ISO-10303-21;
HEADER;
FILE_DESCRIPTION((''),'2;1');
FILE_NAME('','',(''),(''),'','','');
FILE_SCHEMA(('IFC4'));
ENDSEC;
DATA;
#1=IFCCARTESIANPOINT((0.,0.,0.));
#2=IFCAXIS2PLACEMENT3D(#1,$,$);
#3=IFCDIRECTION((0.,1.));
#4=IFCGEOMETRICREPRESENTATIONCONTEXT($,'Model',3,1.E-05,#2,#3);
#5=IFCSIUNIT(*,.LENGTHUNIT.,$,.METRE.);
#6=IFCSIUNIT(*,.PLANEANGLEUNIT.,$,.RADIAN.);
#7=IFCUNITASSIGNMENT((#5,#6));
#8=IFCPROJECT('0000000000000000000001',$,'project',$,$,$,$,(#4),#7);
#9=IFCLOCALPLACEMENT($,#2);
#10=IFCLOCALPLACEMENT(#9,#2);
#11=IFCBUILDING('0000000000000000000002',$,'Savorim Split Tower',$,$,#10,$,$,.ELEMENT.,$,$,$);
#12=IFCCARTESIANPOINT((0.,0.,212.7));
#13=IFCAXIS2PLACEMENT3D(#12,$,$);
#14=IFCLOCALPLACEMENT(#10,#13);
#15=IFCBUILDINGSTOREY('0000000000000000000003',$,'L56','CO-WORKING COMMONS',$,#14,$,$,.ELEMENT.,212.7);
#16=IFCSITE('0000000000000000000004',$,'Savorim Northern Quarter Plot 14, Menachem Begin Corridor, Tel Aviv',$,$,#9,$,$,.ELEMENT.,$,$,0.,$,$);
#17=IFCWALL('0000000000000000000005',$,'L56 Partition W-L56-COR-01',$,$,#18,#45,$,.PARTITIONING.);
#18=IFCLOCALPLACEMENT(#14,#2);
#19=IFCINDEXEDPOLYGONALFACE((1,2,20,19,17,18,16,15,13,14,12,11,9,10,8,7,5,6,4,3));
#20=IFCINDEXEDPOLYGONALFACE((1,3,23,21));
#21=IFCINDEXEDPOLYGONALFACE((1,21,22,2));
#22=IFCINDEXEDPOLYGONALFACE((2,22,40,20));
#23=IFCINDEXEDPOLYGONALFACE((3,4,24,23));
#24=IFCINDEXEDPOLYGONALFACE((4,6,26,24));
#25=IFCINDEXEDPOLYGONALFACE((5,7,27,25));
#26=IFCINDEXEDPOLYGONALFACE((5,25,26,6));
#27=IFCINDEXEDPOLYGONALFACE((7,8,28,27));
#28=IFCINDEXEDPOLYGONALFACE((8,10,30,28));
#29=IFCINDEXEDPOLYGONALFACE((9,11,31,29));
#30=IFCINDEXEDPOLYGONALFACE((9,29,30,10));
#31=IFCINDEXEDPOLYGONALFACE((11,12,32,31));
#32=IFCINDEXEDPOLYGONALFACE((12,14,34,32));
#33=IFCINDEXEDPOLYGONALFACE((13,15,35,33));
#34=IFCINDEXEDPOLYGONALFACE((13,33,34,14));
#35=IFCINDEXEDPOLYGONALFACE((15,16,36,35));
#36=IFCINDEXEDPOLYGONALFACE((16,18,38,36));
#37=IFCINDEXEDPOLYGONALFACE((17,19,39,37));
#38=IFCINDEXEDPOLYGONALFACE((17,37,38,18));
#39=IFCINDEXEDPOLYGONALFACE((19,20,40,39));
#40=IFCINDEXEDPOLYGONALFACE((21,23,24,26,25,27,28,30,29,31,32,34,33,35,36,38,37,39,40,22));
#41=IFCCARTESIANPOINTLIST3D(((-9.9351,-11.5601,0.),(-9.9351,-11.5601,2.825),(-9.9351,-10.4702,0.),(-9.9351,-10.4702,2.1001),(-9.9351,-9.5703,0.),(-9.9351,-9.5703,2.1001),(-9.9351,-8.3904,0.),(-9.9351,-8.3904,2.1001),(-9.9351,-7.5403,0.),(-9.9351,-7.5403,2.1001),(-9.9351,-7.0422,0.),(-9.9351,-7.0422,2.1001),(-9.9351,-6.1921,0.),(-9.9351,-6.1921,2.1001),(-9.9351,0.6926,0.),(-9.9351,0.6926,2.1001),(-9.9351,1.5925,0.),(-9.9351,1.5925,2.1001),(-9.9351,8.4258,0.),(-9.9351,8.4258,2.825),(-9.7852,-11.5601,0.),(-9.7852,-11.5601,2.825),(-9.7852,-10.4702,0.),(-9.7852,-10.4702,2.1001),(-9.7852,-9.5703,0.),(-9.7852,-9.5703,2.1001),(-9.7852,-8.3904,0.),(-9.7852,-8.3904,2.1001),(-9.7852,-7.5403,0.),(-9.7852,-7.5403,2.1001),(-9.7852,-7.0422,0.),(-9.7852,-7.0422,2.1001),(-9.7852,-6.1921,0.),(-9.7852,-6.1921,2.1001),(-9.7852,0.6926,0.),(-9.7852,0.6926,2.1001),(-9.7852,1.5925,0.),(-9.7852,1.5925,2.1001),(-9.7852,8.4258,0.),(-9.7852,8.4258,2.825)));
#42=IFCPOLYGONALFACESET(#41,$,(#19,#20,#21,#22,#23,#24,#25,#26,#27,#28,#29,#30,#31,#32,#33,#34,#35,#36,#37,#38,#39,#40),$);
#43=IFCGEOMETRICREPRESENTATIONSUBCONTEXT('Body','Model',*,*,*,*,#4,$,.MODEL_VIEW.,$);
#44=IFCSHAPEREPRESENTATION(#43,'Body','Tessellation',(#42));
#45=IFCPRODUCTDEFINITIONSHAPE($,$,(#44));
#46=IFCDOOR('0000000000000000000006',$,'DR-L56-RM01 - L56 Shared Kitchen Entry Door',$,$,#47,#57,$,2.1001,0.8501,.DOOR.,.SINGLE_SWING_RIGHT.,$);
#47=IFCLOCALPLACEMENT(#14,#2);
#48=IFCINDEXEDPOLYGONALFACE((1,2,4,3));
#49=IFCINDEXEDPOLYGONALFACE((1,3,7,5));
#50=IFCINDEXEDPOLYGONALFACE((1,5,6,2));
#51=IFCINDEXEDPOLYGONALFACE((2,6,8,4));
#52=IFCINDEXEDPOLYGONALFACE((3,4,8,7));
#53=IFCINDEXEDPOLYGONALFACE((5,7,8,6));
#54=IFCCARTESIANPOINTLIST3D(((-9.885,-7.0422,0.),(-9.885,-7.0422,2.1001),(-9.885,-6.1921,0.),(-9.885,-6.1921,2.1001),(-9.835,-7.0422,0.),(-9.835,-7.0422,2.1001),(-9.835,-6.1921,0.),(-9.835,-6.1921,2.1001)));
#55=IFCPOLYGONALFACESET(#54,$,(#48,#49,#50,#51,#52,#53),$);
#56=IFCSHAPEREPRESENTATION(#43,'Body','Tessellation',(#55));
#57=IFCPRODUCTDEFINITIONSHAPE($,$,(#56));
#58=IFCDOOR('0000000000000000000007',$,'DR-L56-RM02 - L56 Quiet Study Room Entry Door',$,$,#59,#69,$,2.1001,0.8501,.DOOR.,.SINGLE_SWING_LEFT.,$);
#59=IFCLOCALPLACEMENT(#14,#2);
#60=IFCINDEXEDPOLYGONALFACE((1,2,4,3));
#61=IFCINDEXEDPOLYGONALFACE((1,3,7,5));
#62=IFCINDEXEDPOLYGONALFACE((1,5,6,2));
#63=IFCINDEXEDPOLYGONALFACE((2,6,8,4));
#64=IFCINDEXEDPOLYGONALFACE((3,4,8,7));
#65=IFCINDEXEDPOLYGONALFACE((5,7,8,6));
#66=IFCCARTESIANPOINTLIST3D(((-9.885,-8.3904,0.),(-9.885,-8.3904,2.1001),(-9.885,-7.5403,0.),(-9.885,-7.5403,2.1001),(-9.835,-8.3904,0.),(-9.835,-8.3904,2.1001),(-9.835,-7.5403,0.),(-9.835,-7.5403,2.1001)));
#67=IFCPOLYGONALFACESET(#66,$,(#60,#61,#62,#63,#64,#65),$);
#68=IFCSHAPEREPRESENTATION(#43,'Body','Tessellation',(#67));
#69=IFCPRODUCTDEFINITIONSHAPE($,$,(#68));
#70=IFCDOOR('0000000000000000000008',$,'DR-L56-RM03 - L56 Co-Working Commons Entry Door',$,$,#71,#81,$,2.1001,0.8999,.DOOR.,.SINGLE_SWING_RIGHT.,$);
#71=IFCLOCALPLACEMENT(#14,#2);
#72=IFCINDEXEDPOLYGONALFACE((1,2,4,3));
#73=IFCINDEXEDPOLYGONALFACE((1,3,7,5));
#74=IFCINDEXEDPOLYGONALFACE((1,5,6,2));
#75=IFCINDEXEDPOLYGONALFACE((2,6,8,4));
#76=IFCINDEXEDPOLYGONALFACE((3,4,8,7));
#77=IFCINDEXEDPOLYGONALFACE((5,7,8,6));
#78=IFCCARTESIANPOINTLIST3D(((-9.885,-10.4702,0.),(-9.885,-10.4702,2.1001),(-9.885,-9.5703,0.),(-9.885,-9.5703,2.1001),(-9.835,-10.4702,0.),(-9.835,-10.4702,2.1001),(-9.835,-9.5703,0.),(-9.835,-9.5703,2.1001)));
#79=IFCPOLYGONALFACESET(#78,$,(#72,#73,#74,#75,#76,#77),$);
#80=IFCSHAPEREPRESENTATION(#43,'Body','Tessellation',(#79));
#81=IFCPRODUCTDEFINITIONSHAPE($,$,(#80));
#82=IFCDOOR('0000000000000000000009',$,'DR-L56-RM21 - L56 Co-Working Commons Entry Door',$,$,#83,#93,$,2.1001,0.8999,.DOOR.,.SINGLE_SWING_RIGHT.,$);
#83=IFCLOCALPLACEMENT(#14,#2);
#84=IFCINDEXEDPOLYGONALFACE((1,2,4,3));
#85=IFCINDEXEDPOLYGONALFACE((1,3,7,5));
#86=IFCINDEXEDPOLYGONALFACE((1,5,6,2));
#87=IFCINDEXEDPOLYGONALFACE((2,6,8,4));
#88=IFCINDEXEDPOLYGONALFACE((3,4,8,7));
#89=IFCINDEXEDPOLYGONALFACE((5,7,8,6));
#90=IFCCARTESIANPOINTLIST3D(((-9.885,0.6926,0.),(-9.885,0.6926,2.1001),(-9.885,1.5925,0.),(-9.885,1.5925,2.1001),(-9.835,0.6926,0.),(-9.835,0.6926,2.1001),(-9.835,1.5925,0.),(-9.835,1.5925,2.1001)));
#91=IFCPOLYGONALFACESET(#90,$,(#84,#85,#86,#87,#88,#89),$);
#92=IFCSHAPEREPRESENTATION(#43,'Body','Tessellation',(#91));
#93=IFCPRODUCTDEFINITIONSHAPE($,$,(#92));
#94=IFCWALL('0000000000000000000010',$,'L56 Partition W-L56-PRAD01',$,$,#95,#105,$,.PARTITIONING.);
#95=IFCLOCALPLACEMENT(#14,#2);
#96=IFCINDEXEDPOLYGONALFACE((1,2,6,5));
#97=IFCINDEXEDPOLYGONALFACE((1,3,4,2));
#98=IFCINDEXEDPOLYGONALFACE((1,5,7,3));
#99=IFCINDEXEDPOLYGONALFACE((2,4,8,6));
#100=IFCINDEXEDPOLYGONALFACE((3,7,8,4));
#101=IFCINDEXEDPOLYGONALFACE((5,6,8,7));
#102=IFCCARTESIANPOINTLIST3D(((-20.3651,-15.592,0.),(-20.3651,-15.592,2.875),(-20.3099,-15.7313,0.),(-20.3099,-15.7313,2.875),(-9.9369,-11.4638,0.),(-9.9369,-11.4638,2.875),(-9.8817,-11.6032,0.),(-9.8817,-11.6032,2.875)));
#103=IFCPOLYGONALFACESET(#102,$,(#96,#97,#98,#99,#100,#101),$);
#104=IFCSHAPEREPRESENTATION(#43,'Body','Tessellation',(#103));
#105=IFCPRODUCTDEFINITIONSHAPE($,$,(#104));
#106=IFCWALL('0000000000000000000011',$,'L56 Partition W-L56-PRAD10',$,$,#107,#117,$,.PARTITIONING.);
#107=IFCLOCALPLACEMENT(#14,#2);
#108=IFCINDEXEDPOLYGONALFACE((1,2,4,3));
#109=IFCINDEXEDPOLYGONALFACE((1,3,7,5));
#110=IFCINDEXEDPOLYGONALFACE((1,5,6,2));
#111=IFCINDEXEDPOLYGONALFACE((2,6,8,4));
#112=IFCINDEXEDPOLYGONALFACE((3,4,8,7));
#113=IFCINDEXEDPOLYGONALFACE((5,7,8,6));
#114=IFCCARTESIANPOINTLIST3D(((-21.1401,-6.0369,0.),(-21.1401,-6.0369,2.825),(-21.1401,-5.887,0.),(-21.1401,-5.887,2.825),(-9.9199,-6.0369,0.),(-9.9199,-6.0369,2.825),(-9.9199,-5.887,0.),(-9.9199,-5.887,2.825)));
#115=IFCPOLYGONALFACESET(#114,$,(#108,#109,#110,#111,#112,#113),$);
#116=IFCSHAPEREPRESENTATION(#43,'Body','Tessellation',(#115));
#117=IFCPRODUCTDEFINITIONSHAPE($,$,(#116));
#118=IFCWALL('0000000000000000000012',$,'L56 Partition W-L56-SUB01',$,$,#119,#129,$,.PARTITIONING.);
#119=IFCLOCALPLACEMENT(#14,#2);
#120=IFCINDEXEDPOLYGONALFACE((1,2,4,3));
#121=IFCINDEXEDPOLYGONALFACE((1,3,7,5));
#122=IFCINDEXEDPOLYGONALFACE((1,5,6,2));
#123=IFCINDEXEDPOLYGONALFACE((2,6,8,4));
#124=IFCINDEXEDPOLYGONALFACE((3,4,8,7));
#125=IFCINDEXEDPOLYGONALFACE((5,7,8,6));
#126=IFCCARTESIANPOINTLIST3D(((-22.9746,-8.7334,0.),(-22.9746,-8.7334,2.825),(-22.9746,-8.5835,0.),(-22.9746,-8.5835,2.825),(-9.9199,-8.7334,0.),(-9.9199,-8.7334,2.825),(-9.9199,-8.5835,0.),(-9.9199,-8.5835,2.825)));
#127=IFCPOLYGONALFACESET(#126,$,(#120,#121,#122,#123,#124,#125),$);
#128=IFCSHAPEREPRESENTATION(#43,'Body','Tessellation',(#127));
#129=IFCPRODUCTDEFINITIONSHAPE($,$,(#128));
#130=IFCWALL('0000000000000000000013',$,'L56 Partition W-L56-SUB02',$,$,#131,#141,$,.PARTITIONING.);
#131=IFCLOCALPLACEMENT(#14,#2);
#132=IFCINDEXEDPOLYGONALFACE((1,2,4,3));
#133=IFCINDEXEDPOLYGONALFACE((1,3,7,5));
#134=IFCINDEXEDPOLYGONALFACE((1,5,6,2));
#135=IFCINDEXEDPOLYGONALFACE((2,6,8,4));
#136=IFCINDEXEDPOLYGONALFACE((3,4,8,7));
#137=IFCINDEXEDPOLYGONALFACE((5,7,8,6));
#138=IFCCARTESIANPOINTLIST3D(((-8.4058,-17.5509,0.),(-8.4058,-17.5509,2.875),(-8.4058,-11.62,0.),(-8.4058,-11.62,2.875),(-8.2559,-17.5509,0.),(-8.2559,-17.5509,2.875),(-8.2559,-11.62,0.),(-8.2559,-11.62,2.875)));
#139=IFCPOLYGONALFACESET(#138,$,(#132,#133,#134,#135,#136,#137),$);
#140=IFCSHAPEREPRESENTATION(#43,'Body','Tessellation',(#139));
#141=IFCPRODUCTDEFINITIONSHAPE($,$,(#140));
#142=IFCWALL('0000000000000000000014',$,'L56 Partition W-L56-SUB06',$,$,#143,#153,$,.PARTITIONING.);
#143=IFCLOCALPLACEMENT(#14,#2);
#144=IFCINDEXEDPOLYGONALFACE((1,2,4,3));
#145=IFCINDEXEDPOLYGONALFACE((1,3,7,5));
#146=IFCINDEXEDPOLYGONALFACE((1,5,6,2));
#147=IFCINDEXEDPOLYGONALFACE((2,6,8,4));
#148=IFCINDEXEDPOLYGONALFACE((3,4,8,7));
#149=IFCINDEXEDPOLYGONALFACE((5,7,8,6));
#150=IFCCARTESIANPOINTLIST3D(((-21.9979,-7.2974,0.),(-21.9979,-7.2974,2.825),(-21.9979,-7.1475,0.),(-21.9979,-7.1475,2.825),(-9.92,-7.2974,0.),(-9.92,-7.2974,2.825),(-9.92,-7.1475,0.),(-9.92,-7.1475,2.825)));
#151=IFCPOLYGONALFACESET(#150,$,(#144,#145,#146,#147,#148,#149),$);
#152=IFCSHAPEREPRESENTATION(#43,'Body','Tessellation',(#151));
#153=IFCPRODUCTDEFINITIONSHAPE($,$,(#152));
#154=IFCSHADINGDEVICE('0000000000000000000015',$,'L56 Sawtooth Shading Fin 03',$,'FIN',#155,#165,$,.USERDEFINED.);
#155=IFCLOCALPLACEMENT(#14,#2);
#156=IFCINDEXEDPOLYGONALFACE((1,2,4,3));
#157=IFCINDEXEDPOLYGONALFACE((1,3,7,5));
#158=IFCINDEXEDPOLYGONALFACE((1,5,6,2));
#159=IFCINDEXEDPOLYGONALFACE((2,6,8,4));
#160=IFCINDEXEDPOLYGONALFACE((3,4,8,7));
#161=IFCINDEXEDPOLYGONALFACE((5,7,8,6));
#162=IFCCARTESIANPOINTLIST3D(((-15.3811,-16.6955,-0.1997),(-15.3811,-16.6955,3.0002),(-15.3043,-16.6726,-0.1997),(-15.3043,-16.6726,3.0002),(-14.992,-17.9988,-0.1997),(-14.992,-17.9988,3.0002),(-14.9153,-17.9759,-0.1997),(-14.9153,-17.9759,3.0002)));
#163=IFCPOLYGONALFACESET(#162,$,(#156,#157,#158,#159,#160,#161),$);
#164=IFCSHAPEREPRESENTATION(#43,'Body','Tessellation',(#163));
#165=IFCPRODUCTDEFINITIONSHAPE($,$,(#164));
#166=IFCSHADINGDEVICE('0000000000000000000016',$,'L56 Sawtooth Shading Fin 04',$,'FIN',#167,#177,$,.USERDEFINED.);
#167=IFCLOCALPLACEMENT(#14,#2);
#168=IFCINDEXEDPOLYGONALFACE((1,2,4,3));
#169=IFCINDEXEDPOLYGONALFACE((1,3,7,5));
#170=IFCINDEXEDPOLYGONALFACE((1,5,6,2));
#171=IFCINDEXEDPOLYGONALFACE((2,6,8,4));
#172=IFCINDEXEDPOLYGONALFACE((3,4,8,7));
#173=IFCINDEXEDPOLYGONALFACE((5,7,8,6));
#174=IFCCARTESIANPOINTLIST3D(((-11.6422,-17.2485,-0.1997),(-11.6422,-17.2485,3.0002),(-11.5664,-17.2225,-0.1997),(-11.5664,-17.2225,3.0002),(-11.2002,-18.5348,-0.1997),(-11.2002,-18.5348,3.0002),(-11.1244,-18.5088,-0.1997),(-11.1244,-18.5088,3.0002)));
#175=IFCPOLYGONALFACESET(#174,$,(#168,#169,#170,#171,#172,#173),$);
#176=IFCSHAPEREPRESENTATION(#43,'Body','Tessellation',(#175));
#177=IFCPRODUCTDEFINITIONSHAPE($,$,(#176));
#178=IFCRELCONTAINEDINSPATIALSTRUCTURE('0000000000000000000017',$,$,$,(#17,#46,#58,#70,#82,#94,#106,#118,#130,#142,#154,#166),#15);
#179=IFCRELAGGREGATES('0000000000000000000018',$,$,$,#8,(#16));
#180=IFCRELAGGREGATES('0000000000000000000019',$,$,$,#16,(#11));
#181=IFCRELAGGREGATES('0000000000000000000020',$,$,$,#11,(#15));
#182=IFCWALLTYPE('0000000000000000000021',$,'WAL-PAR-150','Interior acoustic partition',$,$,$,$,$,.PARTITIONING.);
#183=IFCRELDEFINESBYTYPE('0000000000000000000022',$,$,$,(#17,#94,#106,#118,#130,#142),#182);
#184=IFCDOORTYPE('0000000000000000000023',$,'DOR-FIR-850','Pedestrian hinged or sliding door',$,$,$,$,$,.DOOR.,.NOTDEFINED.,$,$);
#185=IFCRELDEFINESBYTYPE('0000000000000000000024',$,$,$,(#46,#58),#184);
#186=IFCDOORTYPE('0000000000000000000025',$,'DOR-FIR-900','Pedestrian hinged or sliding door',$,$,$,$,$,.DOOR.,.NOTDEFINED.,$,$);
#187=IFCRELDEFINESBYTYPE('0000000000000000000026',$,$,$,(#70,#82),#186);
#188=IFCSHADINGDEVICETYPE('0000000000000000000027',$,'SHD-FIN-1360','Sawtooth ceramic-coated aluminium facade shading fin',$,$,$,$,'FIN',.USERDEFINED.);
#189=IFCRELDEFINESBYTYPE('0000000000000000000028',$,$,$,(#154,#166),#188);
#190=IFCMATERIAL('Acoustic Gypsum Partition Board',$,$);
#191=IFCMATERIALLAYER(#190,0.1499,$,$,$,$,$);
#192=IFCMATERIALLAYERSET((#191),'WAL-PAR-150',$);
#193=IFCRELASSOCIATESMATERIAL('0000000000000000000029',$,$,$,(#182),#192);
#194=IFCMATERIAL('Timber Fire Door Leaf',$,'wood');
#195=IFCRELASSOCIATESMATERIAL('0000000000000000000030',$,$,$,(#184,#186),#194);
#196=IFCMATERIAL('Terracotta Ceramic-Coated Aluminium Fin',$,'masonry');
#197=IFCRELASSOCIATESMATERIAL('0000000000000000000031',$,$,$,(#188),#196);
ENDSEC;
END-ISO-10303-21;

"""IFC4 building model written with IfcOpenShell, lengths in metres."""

from ifc_helpers import new_model, si_unit, direction, frame, frame_2d, origin, origin_2d, place, context, subcontext, project, spatial, rectangle, extrude, material, layer, layer_set, type_object, element, fill, save


model = new_model("IFC4")

# Units and contexts
model_context = context("Model", 3, precision=1e-05, world=origin(), true_north=direction((0.0, 1.0)))
body_context = subcontext(model_context, "Body", "Model", "MODEL_VIEW")
ifc_project = project(units=[si_unit("LENGTHUNIT", "METRE"), si_unit("PLANEANGLEUNIT", "RADIAN")], contexts=[model_context])

# Site, building, storey
site_placement = place(None, origin())
site = spatial("IfcSite", under=ifc_project, at=site_placement, Name="Savorim Northern Quarter Plot 14, Menachem Begin Corridor, Tel Aviv", CompositionType="ELEMENT", RefElevation=0.0)
building_placement = place(site_placement, origin())
building = spatial("IfcBuilding", under=site, at=building_placement, Name="Savorim Split Tower", CompositionType="ELEMENT")
storey_placement = place(building_placement, frame((0.0, 0.0, 212.7)))
storey = spatial("IfcBuildingStorey", under=building, at=storey_placement, Name="L56", Description="CO-WORKING COMMONS", CompositionType="ELEMENT", Elevation=212.7)

# Wall, openings, doors
ifc_material_1 = material(Name="Acoustic Gypsum Partition Board")
ifc_layer_1 = layer(ifc_material_1, 0.1499)
ifc_layer_set_1 = layer_set([ifc_layer_1], Name="WAL-PAR-150")
wall_type = type_object("IfcWallType", Name="WAL-PAR-150", Description="Interior acoustic partition", PredefinedType="PARTITIONING", material=ifc_layer_set_1)
wall_1_placement = place(storey_placement, frame((-9.8601, -11.5601, 0.0), z_axis=(0.0, 0.0, 1.0), x_axis=(0.0, 1.0, 0.0)))
wall_1 = element("IfcWall", 1, at=wall_1_placement, inside=storey, type_object=wall_type, Name="L56 Partition W-L56-COR-01", PredefinedType="PARTITIONING", context=body_context, shape_type="SweptSolid", body=[
    extrude(rectangle(XDim=19.9858, YDim=0.1499, at=frame_2d((9.9929, 0.0))), origin(), (0.0, 0.0, 1.0), 2.825),
])
opening_1_placement = place(wall_1_placement, frame((4.5178, 0.0, 0.0)))
opening_1 = element("IfcOpeningElement", 2, at=opening_1_placement, cuts=wall_1, PredefinedType="OPENING", context=body_context, shape_type="SweptSolid", body=[
    extrude(rectangle(XDim=0.8501, YDim=2.1001, at=frame_2d((0.425, 1.05))), frame((0.0, 0.085, 0.0), z_axis=(0.0, -1.0, 0.0), x_axis=(1.0, 0.0, 0.0)), (0.0, 0.0, 1.0), 0.1699),
])
opening_2_placement = place(wall_1_placement, frame((3.1697, 0.0, 0.0)))
opening_2 = element("IfcOpeningElement", 3, at=opening_2_placement, cuts=wall_1, PredefinedType="OPENING", context=body_context, shape_type="SweptSolid", body=[
    extrude(rectangle(XDim=0.8501, YDim=2.1001, at=frame_2d((0.425, 1.05))), frame((0.0, 0.085, 0.0), z_axis=(0.0, -1.0, 0.0), x_axis=(1.0, 0.0, 0.0)), (0.0, 0.0, 1.0), 0.1699),
])
opening_3_placement = place(wall_1_placement, frame((1.0898, 0.0, 0.0)))
opening_3 = element("IfcOpeningElement", 4, at=opening_3_placement, cuts=wall_1, PredefinedType="OPENING", context=body_context, shape_type="SweptSolid", body=[
    extrude(rectangle(XDim=0.8999, YDim=2.1001, at=frame_2d((0.45, 1.05))), frame((0.0, 0.085, 0.0), z_axis=(0.0, -1.0, 0.0), x_axis=(1.0, 0.0, 0.0)), (0.0, 0.0, 1.0), 0.1699),
])
opening_4_placement = place(wall_1_placement, frame((12.2527, 0.0, 0.0)))
opening_4 = element("IfcOpeningElement", 5, at=opening_4_placement, cuts=wall_1, PredefinedType="OPENING", context=body_context, shape_type="SweptSolid", body=[
    extrude(rectangle(XDim=0.8999, YDim=2.1001, at=frame_2d((0.45, 1.05))), frame((0.0, 0.085, 0.0), z_axis=(0.0, -1.0, 0.0), x_axis=(1.0, 0.0, 0.0)), (0.0, 0.0, 1.0), 0.1699),
])
ifc_material_2 = material(Name="Timber Fire Door Leaf", Category="wood")
door_type_1 = type_object("IfcDoorType", Name="DOR-FIR-850", Description="Pedestrian hinged or sliding door", OperationType="NOTDEFINED", PredefinedType="DOOR", material=ifc_material_2)
door_1_placement = place(opening_1_placement, origin())
door_1 = element("IfcDoor", 6, at=door_1_placement, inside=storey, type_object=door_type_1, Name="DR-L56-RM01 - L56 Shared Kitchen Entry Door", OperationType="SINGLE_SWING_RIGHT", OverallHeight=2.1001, OverallWidth=0.8501, PredefinedType="DOOR", context=body_context, shape_type="SweptSolid", body=[
    extrude(rectangle(XDim=0.8501, YDim=2.1001, at=frame_2d((0.425, 1.05))), frame((0.0, 0.0249, 0.0), z_axis=(0.0, -1.0, 0.0), x_axis=(1.0, 0.0, 0.0)), (0.0, 0.0, 1.0), 0.05),
])
fill(opening_1, door_1)
door_2_placement = place(opening_2_placement, origin())
door_2 = element("IfcDoor", 7, at=door_2_placement, inside=storey, type_object=door_type_1, Name="DR-L56-RM02 - L56 Quiet Study Room Entry Door", OperationType="SINGLE_SWING_LEFT", OverallHeight=2.1001, OverallWidth=0.8501, PredefinedType="DOOR", context=body_context, shape_type="SweptSolid", body=[
    extrude(rectangle(XDim=0.8501, YDim=2.1001, at=frame_2d((0.425, 1.05))), frame((0.0, 0.0249, 0.0), z_axis=(0.0, -1.0, 0.0), x_axis=(1.0, 0.0, 0.0)), (0.0, 0.0, 1.0), 0.05),
])
fill(opening_2, door_2)
door_type_2 = type_object("IfcDoorType", Name="DOR-FIR-900", Description="Pedestrian hinged or sliding door", OperationType="NOTDEFINED", PredefinedType="DOOR", material=ifc_material_2)
door_3_placement = place(opening_3_placement, origin())
door_3 = element("IfcDoor", 8, at=door_3_placement, inside=storey, type_object=door_type_2, Name="DR-L56-RM03 - L56 Co-Working Commons Entry Door", OperationType="SINGLE_SWING_RIGHT", OverallHeight=2.1001, OverallWidth=0.8999, PredefinedType="DOOR", context=body_context, shape_type="SweptSolid", body=[
    extrude(rectangle(XDim=0.8999, YDim=2.1001, at=frame_2d((0.45, 1.05))), frame((0.0, 0.0249, 0.0), z_axis=(0.0, -1.0, 0.0), x_axis=(1.0, 0.0, 0.0)), (0.0, 0.0, 1.0), 0.05),
])
fill(opening_3, door_3)
door_4_placement = place(opening_4_placement, origin())
door_4 = element("IfcDoor", 9, at=door_4_placement, inside=storey, type_object=door_type_2, Name="DR-L56-RM21 - L56 Co-Working Commons Entry Door", OperationType="SINGLE_SWING_RIGHT", OverallHeight=2.1001, OverallWidth=0.8999, PredefinedType="DOOR", context=body_context, shape_type="SweptSolid", body=[
    extrude(rectangle(XDim=0.8999, YDim=2.1001, at=frame_2d((0.45, 1.05))), frame((0.0, 0.0249, 0.0), z_axis=(0.0, -1.0, 0.0), x_axis=(1.0, 0.0, 0.0)), (0.0, 0.0, 1.0), 0.05),
])
fill(opening_4, door_4)

# Walls
wall_2_placement = place(storey_placement, frame((-9.9092, -11.5334, 0.0), z_axis=(0.0, 0.0, 1.0), x_axis=(-0.929796, -0.368074, 0.0)))
element("IfcWall", 10, at=wall_2_placement, inside=storey, type_object=wall_type, Name="L56 Partition W-L56-PRAD01", PredefinedType="PARTITIONING", context=body_context, shape_type="SweptSolid", body=[
    extrude(rectangle(XDim=11.2156, YDim=0.1499, at=frame_2d((5.6079, 0.0))), origin(), (0.0, 0.0, 1.0), 2.875),
])
wall_3_placement = place(storey_placement, frame((-9.9199, -5.9619, 0.0), z_axis=(0.0, 0.0, 1.0), x_axis=(-1.0, 0.0, 0.0)))
element("IfcWall", 11, at=wall_3_placement, inside=storey, type_object=wall_type, Name="L56 Partition W-L56-PRAD10", PredefinedType="PARTITIONING", context=body_context, shape_type="SweptSolid", body=[
    extrude(rectangle(XDim=11.2202, YDim=0.1499, at=frame_2d((5.6101, 0.0))), origin(), (0.0, 0.0, 1.0), 2.825),
])
wall_4_placement = place(storey_placement, frame((-9.9199, -8.6584, 0.0), z_axis=(0.0, 0.0, 1.0), x_axis=(-1.0, 0.0, 0.0)))
element("IfcWall", 12, at=wall_4_placement, inside=storey, type_object=wall_type, Name="L56 Partition W-L56-SUB01", PredefinedType="PARTITIONING", context=body_context, shape_type="SweptSolid", body=[
    extrude(rectangle(XDim=13.0547, YDim=0.1499, at=frame_2d((6.5273, 0.0))), origin(), (0.0, 0.0, 1.0), 2.825),
])
wall_5_placement = place(storey_placement, frame((-8.3308, -11.6201, 0.0), z_axis=(0.0, 0.0, 1.0), x_axis=(0.0, -1.0, 0.0)))
element("IfcWall", 13, at=wall_5_placement, inside=storey, type_object=wall_type, Name="L56 Partition W-L56-SUB02", PredefinedType="PARTITIONING", context=body_context, shape_type="SweptSolid", body=[
    extrude(rectangle(XDim=5.9309, YDim=0.1499, at=frame_2d((2.9653, 0.0))), origin(), (0.0, 0.0, 1.0), 2.875),
])
wall_6_placement = place(storey_placement, frame((-9.9199, -7.2224, 0.0), z_axis=(0.0, 0.0, 1.0), x_axis=(-1.0, 0.0, 0.0)))
element("IfcWall", 14, at=wall_6_placement, inside=storey, type_object=wall_type, Name="L56 Partition W-L56-SUB06", PredefinedType="PARTITIONING", context=body_context, shape_type="SweptSolid", body=[
    extrude(rectangle(XDim=12.0779, YDim=0.1499, at=frame_2d((6.0391, 0.0))), origin(), (0.0, 0.0, 1.0), 2.825),
])

# Shading devices
ifc_material_3 = material(Name="Terracotta Ceramic-Coated Aluminium Fin", Category="masonry")
shading_device_type = type_object("IfcShadingDeviceType", Name="SHD-FIN-1360", Description="Sawtooth ceramic-coated aluminium facade shading fin", ElementType="FIN", PredefinedType="USERDEFINED", material=ifc_material_3)
for number, where, z_axis, x_axis, name in (
    (15, (-15.1482, -17.3357, -0.1997), (0.0, 0.0, 1.0), (0.286026, -0.958222, 0.0), "L56 Sawtooth Shading Fin 03"),
    (16, (-11.3833, -17.8787, -0.1997), (0.0, 0.0, 1.0), (0.324994, -0.945716, 0.0), "L56 Sawtooth Shading Fin 04"),
):
    element("IfcShadingDevice", number, at=place(storey_placement, frame(where, z_axis=z_axis, x_axis=x_axis)), inside=storey, type_object=shading_device_type, Name=name, ObjectType="FIN", PredefinedType="USERDEFINED", context=body_context, shape_type="SweptSolid", body=[
        extrude(rectangle(XDim=1.3601, YDim=0.0801, at=origin_2d()), origin(), (0.0, 0.0, 1.0), 3.2),
    ])

save(model, "model.ifc")
